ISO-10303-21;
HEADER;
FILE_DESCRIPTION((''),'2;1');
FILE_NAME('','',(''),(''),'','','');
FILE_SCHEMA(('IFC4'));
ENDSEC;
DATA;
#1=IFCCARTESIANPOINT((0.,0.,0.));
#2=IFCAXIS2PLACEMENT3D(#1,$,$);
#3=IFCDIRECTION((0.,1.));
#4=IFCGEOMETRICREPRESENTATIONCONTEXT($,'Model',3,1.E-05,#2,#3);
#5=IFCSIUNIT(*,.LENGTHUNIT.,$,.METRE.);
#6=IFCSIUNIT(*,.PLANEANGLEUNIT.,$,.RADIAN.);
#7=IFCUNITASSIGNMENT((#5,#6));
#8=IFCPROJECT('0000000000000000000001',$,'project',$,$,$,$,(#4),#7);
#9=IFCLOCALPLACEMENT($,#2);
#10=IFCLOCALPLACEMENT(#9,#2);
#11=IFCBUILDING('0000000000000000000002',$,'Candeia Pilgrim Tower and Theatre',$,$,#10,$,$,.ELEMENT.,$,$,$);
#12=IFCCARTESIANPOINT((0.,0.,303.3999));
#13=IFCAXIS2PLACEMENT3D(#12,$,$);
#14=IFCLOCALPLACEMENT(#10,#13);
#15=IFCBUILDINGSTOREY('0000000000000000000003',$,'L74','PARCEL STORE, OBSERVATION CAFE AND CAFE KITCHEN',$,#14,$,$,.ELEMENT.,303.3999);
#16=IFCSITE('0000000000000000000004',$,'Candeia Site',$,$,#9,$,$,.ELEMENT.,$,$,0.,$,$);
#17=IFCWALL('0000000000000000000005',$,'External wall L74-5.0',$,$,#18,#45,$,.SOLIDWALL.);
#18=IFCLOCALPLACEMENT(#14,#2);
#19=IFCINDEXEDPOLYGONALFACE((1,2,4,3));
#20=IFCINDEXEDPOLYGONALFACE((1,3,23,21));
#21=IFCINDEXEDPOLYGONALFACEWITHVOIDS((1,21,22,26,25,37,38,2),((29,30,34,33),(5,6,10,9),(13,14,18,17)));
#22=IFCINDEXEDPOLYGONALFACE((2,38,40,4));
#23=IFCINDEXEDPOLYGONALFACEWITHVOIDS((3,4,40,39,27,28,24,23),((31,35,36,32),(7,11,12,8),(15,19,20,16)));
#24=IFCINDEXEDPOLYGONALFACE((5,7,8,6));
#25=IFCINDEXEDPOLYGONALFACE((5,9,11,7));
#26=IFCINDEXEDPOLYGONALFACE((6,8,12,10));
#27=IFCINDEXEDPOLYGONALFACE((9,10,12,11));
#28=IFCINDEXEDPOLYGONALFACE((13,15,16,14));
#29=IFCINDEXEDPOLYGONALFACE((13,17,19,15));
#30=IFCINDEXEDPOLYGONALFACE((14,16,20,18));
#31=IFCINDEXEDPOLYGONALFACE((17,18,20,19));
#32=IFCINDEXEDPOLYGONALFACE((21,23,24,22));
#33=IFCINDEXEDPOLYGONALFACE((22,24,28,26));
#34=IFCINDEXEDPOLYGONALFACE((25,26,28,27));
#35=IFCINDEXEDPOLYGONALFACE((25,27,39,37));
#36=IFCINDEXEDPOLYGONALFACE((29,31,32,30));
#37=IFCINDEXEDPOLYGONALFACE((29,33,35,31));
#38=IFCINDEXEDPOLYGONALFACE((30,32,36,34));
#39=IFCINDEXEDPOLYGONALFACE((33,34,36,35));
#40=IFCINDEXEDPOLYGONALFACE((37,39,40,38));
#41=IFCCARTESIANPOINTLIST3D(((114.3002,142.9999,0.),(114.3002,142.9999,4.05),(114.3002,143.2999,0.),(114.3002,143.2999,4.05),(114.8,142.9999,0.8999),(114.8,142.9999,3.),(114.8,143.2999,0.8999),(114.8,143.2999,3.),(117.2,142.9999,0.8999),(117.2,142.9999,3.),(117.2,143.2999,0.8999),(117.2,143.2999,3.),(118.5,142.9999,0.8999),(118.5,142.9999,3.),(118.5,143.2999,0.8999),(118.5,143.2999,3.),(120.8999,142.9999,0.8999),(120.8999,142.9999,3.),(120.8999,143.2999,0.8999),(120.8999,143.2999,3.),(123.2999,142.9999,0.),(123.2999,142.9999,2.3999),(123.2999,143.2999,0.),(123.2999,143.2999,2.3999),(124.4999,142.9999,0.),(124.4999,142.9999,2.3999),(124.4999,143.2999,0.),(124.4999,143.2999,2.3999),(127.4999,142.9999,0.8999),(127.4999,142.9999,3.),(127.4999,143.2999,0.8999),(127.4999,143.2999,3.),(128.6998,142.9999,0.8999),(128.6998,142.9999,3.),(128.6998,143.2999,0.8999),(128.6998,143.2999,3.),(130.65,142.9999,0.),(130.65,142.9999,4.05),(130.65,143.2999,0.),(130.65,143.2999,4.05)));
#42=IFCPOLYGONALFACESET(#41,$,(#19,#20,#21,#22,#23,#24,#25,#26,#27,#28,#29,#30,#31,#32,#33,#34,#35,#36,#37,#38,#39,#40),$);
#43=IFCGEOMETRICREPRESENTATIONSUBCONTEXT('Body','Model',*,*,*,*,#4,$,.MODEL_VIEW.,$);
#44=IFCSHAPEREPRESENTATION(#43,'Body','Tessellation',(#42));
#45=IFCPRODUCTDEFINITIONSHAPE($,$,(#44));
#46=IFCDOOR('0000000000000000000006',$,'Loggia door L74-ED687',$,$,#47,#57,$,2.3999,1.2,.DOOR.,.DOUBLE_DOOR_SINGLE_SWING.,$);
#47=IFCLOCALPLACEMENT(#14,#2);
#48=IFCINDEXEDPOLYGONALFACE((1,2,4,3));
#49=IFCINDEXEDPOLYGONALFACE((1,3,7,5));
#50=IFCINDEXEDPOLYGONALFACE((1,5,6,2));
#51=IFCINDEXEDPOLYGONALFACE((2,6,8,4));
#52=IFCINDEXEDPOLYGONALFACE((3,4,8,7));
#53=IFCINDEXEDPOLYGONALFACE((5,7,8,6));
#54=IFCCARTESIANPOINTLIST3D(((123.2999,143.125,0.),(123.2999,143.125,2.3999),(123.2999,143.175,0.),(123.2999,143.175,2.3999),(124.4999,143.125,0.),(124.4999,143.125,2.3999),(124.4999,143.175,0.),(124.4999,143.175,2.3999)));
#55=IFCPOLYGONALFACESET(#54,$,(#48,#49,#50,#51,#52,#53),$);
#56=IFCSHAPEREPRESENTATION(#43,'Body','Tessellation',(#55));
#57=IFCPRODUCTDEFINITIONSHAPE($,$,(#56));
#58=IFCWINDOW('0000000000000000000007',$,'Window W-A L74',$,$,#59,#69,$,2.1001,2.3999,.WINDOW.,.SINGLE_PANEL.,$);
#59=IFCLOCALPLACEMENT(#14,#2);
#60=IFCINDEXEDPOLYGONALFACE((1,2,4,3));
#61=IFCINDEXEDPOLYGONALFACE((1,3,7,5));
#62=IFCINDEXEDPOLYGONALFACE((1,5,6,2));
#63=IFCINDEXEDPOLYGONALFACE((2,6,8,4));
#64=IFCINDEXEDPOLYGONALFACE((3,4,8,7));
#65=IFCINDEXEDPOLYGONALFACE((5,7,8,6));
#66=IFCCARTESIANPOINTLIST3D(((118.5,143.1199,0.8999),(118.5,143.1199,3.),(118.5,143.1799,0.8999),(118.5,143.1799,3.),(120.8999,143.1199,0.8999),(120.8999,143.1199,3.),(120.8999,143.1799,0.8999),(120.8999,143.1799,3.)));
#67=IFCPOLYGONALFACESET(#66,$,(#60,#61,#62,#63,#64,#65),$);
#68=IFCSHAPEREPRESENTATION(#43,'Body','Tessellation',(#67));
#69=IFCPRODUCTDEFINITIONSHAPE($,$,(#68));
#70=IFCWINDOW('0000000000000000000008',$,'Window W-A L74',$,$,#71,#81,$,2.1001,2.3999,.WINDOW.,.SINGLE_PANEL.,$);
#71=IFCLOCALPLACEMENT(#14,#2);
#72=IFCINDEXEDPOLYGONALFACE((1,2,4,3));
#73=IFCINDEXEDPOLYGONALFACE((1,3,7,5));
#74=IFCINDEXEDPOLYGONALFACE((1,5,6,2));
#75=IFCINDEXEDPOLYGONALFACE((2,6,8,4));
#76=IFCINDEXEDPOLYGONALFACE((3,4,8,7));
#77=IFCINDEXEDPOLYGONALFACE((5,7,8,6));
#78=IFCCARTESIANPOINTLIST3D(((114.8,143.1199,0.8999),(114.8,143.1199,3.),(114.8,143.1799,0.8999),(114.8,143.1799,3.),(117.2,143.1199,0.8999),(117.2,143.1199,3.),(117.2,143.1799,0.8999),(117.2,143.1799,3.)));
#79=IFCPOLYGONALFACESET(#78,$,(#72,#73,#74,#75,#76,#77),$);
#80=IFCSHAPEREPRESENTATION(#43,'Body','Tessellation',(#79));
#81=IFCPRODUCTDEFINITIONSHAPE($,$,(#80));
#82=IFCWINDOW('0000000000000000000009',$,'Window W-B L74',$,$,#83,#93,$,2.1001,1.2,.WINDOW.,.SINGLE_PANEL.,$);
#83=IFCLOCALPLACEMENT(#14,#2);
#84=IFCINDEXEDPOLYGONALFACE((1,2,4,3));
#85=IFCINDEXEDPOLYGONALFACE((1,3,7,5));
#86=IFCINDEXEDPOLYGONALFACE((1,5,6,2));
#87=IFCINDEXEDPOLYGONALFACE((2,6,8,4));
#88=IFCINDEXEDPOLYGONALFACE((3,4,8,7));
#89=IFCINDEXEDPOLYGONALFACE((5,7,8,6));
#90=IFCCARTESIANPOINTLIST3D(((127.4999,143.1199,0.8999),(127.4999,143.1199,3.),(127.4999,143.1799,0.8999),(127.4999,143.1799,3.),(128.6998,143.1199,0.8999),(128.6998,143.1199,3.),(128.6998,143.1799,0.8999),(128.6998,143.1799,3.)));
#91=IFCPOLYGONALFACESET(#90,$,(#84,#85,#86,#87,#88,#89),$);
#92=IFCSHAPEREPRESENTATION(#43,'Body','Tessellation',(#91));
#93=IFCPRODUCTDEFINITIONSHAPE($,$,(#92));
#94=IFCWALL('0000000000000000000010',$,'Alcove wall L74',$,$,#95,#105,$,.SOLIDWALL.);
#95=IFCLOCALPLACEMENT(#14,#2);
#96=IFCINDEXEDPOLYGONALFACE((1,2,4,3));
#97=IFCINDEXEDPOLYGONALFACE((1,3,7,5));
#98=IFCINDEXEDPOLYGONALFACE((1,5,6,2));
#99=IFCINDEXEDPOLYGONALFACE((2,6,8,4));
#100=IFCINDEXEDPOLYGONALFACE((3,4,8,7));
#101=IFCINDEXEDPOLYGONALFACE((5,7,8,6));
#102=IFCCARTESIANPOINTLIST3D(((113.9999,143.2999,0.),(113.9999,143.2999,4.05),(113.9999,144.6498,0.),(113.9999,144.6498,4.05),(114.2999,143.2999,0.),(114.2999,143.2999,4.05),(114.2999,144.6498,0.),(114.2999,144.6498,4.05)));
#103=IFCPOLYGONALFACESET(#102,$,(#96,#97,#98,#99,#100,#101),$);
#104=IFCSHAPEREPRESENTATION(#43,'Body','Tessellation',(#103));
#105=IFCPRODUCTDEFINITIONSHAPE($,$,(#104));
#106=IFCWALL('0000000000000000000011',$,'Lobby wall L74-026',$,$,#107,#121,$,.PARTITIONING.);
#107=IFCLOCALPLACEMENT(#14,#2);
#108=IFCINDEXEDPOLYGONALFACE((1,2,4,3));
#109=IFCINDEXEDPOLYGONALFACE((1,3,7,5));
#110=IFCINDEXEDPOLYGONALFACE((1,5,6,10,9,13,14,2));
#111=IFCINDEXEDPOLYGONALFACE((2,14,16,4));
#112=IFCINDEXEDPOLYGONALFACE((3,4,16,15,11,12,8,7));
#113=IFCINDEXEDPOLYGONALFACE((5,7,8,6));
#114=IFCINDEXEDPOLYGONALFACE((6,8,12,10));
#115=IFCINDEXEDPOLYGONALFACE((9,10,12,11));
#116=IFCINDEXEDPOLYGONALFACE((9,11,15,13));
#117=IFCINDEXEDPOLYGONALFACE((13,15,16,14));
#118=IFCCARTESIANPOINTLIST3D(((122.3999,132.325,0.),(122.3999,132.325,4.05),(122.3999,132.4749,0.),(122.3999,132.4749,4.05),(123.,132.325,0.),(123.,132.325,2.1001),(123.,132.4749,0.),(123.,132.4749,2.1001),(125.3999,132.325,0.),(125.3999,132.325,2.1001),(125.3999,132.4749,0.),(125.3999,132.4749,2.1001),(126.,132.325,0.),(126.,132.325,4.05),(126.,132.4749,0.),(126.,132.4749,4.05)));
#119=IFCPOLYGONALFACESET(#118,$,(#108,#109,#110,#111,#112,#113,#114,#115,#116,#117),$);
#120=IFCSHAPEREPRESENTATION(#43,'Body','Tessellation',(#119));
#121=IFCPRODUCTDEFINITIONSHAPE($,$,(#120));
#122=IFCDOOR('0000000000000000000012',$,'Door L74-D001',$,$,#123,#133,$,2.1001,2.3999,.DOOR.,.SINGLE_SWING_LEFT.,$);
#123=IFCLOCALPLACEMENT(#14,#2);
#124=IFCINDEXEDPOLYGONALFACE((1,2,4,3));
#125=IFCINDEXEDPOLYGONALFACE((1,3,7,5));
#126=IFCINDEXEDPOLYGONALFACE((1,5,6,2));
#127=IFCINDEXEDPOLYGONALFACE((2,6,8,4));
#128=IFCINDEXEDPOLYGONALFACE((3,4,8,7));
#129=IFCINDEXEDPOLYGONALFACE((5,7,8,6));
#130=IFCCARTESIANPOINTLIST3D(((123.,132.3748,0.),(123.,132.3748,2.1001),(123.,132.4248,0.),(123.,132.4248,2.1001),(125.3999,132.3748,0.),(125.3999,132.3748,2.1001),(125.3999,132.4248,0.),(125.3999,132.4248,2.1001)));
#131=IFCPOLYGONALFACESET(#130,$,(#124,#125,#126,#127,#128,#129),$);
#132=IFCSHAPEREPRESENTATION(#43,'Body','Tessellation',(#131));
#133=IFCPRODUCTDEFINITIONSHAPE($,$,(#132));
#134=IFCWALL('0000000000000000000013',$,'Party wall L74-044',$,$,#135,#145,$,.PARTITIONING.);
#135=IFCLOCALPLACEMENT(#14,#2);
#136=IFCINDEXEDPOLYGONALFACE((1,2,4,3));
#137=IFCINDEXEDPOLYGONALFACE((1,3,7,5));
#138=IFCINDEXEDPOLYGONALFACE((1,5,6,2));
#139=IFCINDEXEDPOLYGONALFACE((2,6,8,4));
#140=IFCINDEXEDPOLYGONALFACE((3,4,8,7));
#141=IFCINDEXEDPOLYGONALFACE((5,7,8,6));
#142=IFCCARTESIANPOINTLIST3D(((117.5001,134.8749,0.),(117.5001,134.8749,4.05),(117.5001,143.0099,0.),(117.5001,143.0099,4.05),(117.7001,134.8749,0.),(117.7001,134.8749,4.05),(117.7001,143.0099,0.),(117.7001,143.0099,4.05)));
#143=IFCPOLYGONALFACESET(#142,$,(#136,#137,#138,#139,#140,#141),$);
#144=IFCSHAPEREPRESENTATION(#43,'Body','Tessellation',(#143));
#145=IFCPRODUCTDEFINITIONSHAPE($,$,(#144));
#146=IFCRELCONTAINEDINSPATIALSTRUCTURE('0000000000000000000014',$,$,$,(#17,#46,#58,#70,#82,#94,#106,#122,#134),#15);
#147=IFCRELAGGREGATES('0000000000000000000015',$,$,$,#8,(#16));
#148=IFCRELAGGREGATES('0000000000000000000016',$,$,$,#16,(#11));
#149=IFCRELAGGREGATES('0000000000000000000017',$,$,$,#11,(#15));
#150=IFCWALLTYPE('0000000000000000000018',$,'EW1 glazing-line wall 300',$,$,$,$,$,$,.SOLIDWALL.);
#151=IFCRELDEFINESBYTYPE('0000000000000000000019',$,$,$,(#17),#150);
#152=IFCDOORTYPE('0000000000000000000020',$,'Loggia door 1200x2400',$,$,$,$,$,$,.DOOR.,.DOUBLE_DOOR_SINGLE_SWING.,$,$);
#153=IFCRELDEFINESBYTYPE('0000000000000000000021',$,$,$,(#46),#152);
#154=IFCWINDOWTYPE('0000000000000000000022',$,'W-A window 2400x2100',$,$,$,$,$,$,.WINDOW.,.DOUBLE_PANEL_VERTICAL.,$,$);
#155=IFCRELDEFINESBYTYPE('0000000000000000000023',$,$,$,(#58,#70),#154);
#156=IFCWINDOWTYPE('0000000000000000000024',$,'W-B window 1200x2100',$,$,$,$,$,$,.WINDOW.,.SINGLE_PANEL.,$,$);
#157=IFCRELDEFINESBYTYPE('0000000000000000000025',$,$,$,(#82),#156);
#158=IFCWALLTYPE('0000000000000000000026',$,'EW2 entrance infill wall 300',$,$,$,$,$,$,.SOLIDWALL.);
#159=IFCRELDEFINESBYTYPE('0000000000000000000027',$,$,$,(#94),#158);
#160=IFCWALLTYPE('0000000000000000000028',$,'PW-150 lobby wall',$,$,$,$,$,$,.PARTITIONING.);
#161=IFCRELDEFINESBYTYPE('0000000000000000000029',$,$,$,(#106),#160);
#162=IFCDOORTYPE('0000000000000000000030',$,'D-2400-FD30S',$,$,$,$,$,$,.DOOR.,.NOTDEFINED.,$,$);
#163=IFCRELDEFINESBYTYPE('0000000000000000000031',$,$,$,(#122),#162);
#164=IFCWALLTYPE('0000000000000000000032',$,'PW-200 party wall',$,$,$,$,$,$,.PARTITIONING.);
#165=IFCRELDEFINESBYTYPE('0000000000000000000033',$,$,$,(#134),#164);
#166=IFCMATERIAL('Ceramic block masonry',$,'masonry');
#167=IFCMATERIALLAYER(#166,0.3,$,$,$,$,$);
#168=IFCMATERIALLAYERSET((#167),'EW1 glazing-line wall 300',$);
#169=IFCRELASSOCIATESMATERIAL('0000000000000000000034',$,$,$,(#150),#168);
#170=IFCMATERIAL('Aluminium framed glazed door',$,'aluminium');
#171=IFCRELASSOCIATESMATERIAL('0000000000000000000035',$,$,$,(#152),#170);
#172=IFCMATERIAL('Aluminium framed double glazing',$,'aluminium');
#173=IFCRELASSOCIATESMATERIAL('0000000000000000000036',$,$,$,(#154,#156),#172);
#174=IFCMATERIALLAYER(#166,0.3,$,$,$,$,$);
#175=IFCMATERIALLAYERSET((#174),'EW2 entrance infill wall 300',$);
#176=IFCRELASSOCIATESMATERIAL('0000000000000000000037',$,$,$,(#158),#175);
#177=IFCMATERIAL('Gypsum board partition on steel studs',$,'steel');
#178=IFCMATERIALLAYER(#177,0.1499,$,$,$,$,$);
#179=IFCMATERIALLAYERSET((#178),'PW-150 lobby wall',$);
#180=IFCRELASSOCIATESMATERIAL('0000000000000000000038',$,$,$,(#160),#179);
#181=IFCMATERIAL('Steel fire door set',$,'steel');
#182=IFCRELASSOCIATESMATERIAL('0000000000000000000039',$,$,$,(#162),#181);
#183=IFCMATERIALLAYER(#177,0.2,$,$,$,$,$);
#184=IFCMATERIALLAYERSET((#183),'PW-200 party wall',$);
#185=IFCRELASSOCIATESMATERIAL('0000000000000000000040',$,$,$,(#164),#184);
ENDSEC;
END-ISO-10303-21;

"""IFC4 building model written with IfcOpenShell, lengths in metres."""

from ifc_helpers import new_model, si_unit, direction, frame, frame_2d, origin, place, context, subcontext, project, spatial, rectangle, extrude, material, layer, layer_set, type_object, element, fill, save


model = new_model("IFC4")

# Units and contexts
model_context = context("Model", 3, precision=1e-05, world=origin(), true_north=direction((0.0, 1.0)))
body_context = subcontext(model_context, "Body", "Model", "MODEL_VIEW")
ifc_project = project(units=[si_unit("LENGTHUNIT", "METRE"), si_unit("PLANEANGLEUNIT", "RADIAN")], contexts=[model_context])

# Site, building, storey
site_placement = place(None, origin())
site = spatial("IfcSite", under=ifc_project, at=site_placement, Name="Candeia Site", CompositionType="ELEMENT", RefElevation=0.0)
building_placement = place(site_placement, origin())
building = spatial("IfcBuilding", under=site, at=building_placement, Name="Candeia Pilgrim Tower and Theatre", CompositionType="ELEMENT")
storey_placement = place(building_placement, frame((0.0, 0.0, 303.3999)))
storey = spatial("IfcBuildingStorey", under=building, at=storey_placement, Name="L74", Description="PARCEL STORE, OBSERVATION CAFE AND CAFE KITCHEN", CompositionType="ELEMENT", Elevation=303.3999)

# Shared definitions
ifc_material_1 = material(Name="Steel fire door set", Category="steel")
ifc_material_2 = material(Name="Ceramic block masonry", Category="masonry")
ifc_layer_1 = layer(ifc_material_2, 0.3)
ifc_layer_set_1 = layer_set([ifc_layer_1], Name="EW1 glazing-line wall 300")
wall_type_1 = type_object("IfcWallType", Name="EW1 glazing-line wall 300", PredefinedType="SOLIDWALL", material=ifc_layer_set_1)
ifc_material_3 = material(Name="Aluminium framed glazed door", Category="aluminium")
door_type_1 = type_object("IfcDoorType", Name="Loggia door 1200x2400", OperationType="DOUBLE_DOOR_SINGLE_SWING", PredefinedType="DOOR", material=ifc_material_3)

# Wall, openings, door, windows
wall_1_placement = place(storey_placement, frame((130.6499, 143.1499, 0.0), z_axis=(0.0, 0.0, 1.0), x_axis=(-1.0, 0.0, 0.0)))
wall_1 = element("IfcWall", 1, at=wall_1_placement, inside=storey, type_object=wall_type_1, Name="External wall L74-5.0", PredefinedType="SOLIDWALL", context=body_context, shape_type="SweptSolid", body=[
    extrude(rectangle(XDim=16.3499, YDim=0.3, at=frame_2d((8.1748, 0.0))), origin(), (0.0, 0.0, 1.0), 4.05),
])
opening_1_placement = place(wall_1_placement, frame((1.95, 0.0, 0.8999)))
opening_1 = element("IfcOpeningElement", 2, at=opening_1_placement, cuts=wall_1, PredefinedType="OPENING", context=body_context, shape_type="SweptSolid", body=[
    extrude(rectangle(XDim=1.2, YDim=2.1001, at=frame_2d((0.6001, 1.05))), frame((0.0, 0.1602, 0.0), z_axis=(0.0, -1.0, 0.0), x_axis=(1.0, 0.0, 0.0)), (0.0, 0.0, 1.0), 0.3201),
])
opening_2_placement = place(wall_1_placement, frame((6.1499, 0.0, 0.0)))
opening_2 = element("IfcOpeningElement", 3, at=opening_2_placement, cuts=wall_1, PredefinedType="OPENING", context=body_context, shape_type="SweptSolid", body=[
    extrude(rectangle(XDim=1.2, YDim=2.3999, at=frame_2d((0.6001, 1.2))), frame((0.0, 0.1602, 0.0), z_axis=(0.0, -1.0, 0.0), x_axis=(1.0, 0.0, 0.0)), (0.0, 0.0, 1.0), 0.3201),
])
opening_3_placement = place(wall_1_placement, frame((9.75, 0.0, 0.8999)))
opening_3 = element("IfcOpeningElement", 4, at=opening_3_placement, cuts=wall_1, PredefinedType="OPENING", context=body_context, shape_type="SweptSolid", body=[
    extrude(rectangle(XDim=2.3999, YDim=2.1001, at=frame_2d((1.2, 1.05))), frame((0.0, 0.1602, 0.0), z_axis=(0.0, -1.0, 0.0), x_axis=(1.0, 0.0, 0.0)), (0.0, 0.0, 1.0), 0.3201),
])
opening_4_placement = place(wall_1_placement, frame((13.45, 0.0, 0.8999)))
opening_4 = element("IfcOpeningElement", 5, at=opening_4_placement, cuts=wall_1, PredefinedType="OPENING", context=body_context, shape_type="SweptSolid", body=[
    extrude(rectangle(XDim=2.3999, YDim=2.1001, at=frame_2d((1.2, 1.05))), frame((0.0, 0.1602, 0.0), z_axis=(0.0, -1.0, 0.0), x_axis=(1.0, 0.0, 0.0)), (0.0, 0.0, 1.0), 0.3201),
])
door_1_placement = place(opening_2_placement, origin())
door_1 = element("IfcDoor", 6, at=door_1_placement, inside=storey, type_object=door_type_1, Name="Loggia door L74-ED687", OperationType="DOUBLE_DOOR_SINGLE_SWING", OverallHeight=2.3999, OverallWidth=1.2, PredefinedType="DOOR", context=body_context, shape_type="SweptSolid", body=[
    extrude(rectangle(XDim=1.2, YDim=2.3999, at=frame_2d((0.6001, 1.2))), frame((0.0, 0.0249, 0.0), z_axis=(0.0, -1.0, 0.0), x_axis=(1.0, 0.0, 0.0)), (0.0, 0.0, 1.0), 0.05),
])
fill(opening_2, door_1)
ifc_material_4 = material(Name="Aluminium framed double glazing", Category="aluminium")
window_type_1 = type_object("IfcWindowType", Name="W-A window 2400x2100", PartitioningType="DOUBLE_PANEL_VERTICAL", PredefinedType="WINDOW", material=ifc_material_4)
window_1_placement = place(opening_3_placement, origin())
window_1 = element("IfcWindow", 7, at=window_1_placement, inside=storey, type_object=window_type_1, Name="Window W-A L74", OverallHeight=2.1001, OverallWidth=2.3999, PartitioningType="SINGLE_PANEL", PredefinedType="WINDOW", context=body_context, shape_type="SweptSolid", body=[
    extrude(rectangle(XDim=2.3999, YDim=2.1001, at=frame_2d((1.2, 1.05))), frame((0.0, 0.03, 0.0), z_axis=(0.0, -1.0, 0.0), x_axis=(1.0, 0.0, 0.0)), (0.0, 0.0, 1.0), 0.0601),
])
fill(opening_3, window_1)
window_2_placement = place(opening_4_placement, origin())
window_2 = element("IfcWindow", 8, at=window_2_placement, inside=storey, type_object=window_type_1, Name="Window W-A L74", OverallHeight=2.1001, OverallWidth=2.3999, PartitioningType="SINGLE_PANEL", PredefinedType="WINDOW", context=body_context, shape_type="SweptSolid", body=[
    extrude(rectangle(XDim=2.3999, YDim=2.1001, at=frame_2d((1.2, 1.05))), frame((0.0, 0.03, 0.0), z_axis=(0.0, -1.0, 0.0), x_axis=(1.0, 0.0, 0.0)), (0.0, 0.0, 1.0), 0.0601),
])
fill(opening_4, window_2)
window_type_2 = type_object("IfcWindowType", Name="W-B window 1200x2100", PartitioningType="SINGLE_PANEL", PredefinedType="WINDOW", material=ifc_material_4)
window_3_placement = place(opening_1_placement, origin())
window_3 = element("IfcWindow", 9, at=window_3_placement, inside=storey, type_object=window_type_2, Name="Window W-B L74", OverallHeight=2.1001, OverallWidth=1.2, PartitioningType="SINGLE_PANEL", PredefinedType="WINDOW", context=body_context, shape_type="SweptSolid", body=[
    extrude(rectangle(XDim=1.2, YDim=2.1001, at=frame_2d((0.6001, 1.05))), frame((0.0, 0.03, 0.0), z_axis=(0.0, -1.0, 0.0), x_axis=(1.0, 0.0, 0.0)), (0.0, 0.0, 1.0), 0.0601),
])
fill(opening_1, window_3)

# Wall
ifc_layer_2 = layer(ifc_material_2, 0.3)
ifc_layer_set_2 = layer_set([ifc_layer_2], Name="EW2 entrance infill wall 300")
wall_type_2 = type_object("IfcWallType", Name="EW2 entrance infill wall 300", PredefinedType="SOLIDWALL", material=ifc_layer_set_2)
wall_2_placement = place(storey_placement, frame((114.1499, 143.3, 0.0), z_axis=(0.0, 0.0, 1.0), x_axis=(0.0, 1.0, 0.0)))
element("IfcWall", 10, at=wall_2_placement, inside=storey, type_object=wall_type_2, Name="Alcove wall L74", PredefinedType="SOLIDWALL", context=body_context, shape_type="SweptSolid", body=[
    extrude(rectangle(XDim=1.3499, YDim=0.3, at=frame_2d((0.6748, 0.0))), origin(), (0.0, 0.0, 1.0), 4.05),
])

# Wall, opening, door
ifc_material_5 = material(Name="Gypsum board partition on steel studs", Category="steel")
ifc_layer_3 = layer(ifc_material_5, 0.1499)
ifc_layer_set_3 = layer_set([ifc_layer_3], Name="PW-150 lobby wall")
wall_type_3 = type_object("IfcWallType", Name="PW-150 lobby wall", PredefinedType="PARTITIONING", material=ifc_layer_set_3)
wall_3_placement = place(storey_placement, frame((122.3999, 132.3999, 0.0), z_axis=(0.0, 0.0, 1.0), x_axis=(1.0, 0.0, 0.0)))
wall_3 = element("IfcWall", 11, at=wall_3_placement, inside=storey, type_object=wall_type_3, Name="Lobby wall L74-026", PredefinedType="PARTITIONING", context=body_context, shape_type="SweptSolid", body=[
    extrude(rectangle(XDim=3.6001, YDim=0.1499, at=frame_2d((1.8, 0.0))), origin(), (0.0, 0.0, 1.0), 4.05),
])
opening_5_placement = place(wall_3_placement, frame((0.6001, 0.0, 0.0)))
opening_5 = element("IfcOpeningElement", 12, at=opening_5_placement, cuts=wall_3, PredefinedType="OPENING", context=body_context, shape_type="SweptSolid", body=[
    extrude(rectangle(XDim=2.3999, YDim=2.1001, at=frame_2d((1.2, 1.05))), frame((0.0, 0.085, 0.0), z_axis=(0.0, -1.0, 0.0), x_axis=(1.0, 0.0, 0.0)), (0.0, 0.0, 1.0), 0.1699),
])
door_type_2 = type_object("IfcDoorType", Name="D-2400-FD30S", OperationType="NOTDEFINED", PredefinedType="DOOR", material=ifc_material_1)
door_2_placement = place(opening_5_placement, origin())
door_2 = element("IfcDoor", 13, at=door_2_placement, inside=storey, type_object=door_type_2, Name="Door L74-D001", OperationType="SINGLE_SWING_LEFT", OverallHeight=2.1001, OverallWidth=2.3999, PredefinedType="DOOR", context=body_context, shape_type="SweptSolid", body=[
    extrude(rectangle(XDim=2.3999, YDim=2.1001, at=frame_2d((1.2, 1.05))), frame((0.0, 0.0249, 0.0), z_axis=(0.0, -1.0, 0.0), x_axis=(1.0, 0.0, 0.0)), (0.0, 0.0, 1.0), 0.05),
])
fill(opening_5, door_2)

# Wall
ifc_layer_4 = layer(ifc_material_5, 0.2)
ifc_layer_set_4 = layer_set([ifc_layer_4], Name="PW-200 party wall")
wall_type_4 = type_object("IfcWallType", Name="PW-200 party wall", PredefinedType="PARTITIONING", material=ifc_layer_set_4)
wall_4_placement = place(storey_placement, frame((117.6001, 134.875, 0.0), z_axis=(0.0, 0.0, 1.0), x_axis=(0.0, 1.0, 0.0)))
element("IfcWall", 14, at=wall_4_placement, inside=storey, type_object=wall_type_4, Name="Party wall L74-044", PredefinedType="PARTITIONING", context=body_context, shape_type="SweptSolid", body=[
    extrude(rectangle(XDim=8.135, YDim=0.2, at=frame_2d((4.0674, 0.0))), origin(), (0.0, 0.0, 1.0), 4.05),
])

save(model, "model.ifc")
